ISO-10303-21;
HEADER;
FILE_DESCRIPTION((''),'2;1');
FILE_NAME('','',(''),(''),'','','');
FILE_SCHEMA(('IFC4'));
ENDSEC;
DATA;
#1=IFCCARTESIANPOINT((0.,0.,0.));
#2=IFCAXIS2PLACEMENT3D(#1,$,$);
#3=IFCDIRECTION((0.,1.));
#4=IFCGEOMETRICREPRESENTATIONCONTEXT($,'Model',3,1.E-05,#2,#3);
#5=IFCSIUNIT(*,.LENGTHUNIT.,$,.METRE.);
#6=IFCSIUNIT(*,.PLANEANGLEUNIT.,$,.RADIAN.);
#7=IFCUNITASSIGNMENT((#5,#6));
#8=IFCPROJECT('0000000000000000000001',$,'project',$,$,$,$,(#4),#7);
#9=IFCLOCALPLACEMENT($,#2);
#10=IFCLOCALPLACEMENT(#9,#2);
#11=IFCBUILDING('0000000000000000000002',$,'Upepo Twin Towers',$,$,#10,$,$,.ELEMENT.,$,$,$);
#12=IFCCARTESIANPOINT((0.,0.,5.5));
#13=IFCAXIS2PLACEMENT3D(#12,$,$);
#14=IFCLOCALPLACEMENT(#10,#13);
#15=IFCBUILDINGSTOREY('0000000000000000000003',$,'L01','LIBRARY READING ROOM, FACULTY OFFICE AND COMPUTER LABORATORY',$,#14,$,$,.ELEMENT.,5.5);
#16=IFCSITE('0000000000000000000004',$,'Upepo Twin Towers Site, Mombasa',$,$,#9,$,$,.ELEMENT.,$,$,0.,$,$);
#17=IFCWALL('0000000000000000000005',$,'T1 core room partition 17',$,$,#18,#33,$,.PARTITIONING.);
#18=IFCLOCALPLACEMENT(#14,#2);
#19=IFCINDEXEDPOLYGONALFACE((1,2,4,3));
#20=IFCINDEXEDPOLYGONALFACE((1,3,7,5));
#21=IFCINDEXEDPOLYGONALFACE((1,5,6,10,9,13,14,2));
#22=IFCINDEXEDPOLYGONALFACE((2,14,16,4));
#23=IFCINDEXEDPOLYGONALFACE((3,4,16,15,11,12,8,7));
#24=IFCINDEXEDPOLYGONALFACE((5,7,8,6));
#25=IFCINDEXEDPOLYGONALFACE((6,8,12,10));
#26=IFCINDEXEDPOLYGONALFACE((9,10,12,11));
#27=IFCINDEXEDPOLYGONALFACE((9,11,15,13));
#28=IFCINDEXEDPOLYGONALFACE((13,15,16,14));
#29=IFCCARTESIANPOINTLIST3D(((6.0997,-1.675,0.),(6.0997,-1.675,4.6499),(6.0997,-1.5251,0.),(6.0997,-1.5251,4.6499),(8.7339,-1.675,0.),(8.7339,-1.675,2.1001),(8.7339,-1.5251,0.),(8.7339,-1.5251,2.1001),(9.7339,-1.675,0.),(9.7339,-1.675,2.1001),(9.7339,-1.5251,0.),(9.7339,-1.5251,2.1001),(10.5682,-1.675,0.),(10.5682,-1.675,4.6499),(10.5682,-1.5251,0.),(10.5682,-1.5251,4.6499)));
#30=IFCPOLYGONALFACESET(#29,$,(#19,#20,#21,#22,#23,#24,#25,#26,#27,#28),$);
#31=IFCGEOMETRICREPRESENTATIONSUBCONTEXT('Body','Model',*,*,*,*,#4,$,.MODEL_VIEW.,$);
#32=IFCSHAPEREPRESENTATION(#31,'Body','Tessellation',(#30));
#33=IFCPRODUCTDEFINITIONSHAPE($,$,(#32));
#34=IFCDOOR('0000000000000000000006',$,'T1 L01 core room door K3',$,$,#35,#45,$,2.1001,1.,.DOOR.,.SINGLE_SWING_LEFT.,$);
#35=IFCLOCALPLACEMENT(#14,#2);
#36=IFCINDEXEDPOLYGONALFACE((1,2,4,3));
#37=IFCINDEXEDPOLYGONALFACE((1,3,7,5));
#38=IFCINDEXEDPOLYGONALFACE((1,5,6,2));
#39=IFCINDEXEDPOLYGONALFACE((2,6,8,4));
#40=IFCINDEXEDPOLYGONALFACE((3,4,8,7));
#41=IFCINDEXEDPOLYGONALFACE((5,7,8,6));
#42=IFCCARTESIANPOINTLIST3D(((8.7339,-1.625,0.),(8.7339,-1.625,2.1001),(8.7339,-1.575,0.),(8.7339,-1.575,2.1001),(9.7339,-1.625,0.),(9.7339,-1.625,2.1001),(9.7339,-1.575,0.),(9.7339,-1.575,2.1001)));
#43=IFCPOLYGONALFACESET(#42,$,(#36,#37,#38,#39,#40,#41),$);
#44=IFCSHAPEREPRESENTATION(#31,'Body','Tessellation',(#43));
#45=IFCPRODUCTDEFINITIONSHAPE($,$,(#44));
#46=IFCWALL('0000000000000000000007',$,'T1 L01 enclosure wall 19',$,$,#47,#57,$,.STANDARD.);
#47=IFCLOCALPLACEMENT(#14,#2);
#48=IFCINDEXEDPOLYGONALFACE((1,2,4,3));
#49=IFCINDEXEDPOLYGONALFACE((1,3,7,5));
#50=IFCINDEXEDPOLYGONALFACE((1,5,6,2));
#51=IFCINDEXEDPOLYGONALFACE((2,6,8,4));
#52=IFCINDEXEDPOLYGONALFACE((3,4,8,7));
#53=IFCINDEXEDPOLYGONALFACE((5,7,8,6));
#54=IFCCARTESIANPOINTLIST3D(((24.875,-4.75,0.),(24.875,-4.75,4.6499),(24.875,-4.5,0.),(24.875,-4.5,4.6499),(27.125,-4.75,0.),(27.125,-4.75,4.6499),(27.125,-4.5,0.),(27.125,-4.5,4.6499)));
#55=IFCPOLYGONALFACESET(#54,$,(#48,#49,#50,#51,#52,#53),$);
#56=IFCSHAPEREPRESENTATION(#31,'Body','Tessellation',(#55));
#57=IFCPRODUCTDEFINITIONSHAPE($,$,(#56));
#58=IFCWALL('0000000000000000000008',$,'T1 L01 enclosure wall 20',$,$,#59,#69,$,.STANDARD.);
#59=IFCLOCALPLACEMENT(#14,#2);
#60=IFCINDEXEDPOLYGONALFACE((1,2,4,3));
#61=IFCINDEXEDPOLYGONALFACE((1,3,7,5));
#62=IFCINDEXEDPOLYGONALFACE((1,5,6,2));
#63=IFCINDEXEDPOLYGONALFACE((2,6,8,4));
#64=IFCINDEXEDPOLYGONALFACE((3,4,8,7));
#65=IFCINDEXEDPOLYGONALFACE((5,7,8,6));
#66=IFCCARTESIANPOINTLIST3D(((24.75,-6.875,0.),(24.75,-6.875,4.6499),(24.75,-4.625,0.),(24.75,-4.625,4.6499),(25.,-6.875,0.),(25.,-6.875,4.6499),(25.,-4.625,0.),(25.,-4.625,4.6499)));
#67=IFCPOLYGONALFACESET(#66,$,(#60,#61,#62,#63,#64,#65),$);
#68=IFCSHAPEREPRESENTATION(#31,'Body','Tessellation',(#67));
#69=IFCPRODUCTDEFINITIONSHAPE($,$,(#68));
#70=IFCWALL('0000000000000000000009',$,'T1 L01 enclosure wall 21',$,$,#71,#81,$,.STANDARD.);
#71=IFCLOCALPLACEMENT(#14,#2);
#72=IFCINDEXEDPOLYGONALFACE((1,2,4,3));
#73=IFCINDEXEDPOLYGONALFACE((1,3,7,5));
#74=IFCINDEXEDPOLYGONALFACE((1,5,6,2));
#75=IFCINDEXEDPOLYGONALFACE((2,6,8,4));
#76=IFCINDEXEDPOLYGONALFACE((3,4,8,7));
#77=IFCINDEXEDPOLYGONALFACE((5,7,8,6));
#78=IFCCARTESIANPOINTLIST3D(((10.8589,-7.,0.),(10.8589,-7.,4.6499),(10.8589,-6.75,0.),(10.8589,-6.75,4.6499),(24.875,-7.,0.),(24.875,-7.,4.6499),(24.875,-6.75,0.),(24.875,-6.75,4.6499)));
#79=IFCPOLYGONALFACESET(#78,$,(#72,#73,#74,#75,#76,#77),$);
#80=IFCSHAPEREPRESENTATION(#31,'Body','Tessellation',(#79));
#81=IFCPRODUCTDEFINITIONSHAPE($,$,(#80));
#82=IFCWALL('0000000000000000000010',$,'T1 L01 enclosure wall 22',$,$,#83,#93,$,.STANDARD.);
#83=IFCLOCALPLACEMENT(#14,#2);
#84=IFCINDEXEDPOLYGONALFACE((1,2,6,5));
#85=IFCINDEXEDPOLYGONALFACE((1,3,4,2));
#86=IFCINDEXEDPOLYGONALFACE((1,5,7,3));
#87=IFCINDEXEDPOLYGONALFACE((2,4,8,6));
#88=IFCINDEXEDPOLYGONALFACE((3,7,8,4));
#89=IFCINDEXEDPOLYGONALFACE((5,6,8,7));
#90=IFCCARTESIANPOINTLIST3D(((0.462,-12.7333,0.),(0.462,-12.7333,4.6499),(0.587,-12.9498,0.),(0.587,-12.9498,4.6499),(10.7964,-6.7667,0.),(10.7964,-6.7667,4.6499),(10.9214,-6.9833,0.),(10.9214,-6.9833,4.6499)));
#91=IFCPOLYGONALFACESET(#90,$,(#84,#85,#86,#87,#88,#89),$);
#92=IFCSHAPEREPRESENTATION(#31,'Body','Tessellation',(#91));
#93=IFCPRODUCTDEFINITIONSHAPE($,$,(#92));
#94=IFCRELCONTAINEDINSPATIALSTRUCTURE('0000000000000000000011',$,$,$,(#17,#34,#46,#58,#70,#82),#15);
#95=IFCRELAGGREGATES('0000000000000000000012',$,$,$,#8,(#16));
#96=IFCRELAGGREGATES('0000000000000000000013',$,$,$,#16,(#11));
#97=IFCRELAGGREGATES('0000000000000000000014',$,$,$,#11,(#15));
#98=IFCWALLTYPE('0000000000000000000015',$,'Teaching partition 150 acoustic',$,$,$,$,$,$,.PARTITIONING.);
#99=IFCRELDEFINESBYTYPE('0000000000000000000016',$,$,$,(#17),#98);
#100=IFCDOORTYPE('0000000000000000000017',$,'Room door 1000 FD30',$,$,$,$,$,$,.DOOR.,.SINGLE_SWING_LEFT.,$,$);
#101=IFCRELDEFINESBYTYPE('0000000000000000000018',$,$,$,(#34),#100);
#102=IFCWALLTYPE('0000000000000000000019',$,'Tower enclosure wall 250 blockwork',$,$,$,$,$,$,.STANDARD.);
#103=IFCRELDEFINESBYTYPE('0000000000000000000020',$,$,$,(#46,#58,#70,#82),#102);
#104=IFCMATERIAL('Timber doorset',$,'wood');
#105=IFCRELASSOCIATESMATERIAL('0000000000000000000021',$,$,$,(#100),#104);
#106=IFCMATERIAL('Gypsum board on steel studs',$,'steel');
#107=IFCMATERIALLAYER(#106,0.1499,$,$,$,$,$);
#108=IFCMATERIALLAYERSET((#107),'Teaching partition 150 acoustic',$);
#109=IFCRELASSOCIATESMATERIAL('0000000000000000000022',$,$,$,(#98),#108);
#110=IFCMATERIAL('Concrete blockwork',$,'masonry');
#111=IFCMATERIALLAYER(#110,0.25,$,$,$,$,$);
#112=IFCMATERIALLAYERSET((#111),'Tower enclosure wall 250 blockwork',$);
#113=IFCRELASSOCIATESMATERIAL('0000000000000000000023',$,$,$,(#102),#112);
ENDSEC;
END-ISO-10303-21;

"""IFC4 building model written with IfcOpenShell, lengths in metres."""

from ifc_helpers import new_model, si_unit, direction, frame, frame_2d, origin, place, context, subcontext, project, spatial, rectangle, extrude, material, layer, layer_set, type_object, element, fill, save


model = new_model("IFC4")

# Units and contexts
model_context = context("Model", 3, precision=1e-05, world=origin(), true_north=direction((0.0, 1.0)))
body_context = subcontext(model_context, "Body", "Model", "MODEL_VIEW")
ifc_project = project(units=[si_unit("LENGTHUNIT", "METRE"), si_unit("PLANEANGLEUNIT", "RADIAN")], contexts=[model_context])

# Site, building, storey
site_placement = place(None, origin())
site = spatial("IfcSite", under=ifc_project, at=site_placement, Name="Upepo Twin Towers Site, Mombasa", CompositionType="ELEMENT", RefElevation=0.0)
building_placement = place(site_placement, origin())
building = spatial("IfcBuilding", under=site, at=building_placement, Name="Upepo Twin Towers", CompositionType="ELEMENT")
storey_placement = place(building_placement, frame((0.0, 0.0, 5.5)))
storey = spatial("IfcBuildingStorey", under=building, at=storey_placement, Name="L01", Description="LIBRARY READING ROOM, FACULTY OFFICE AND COMPUTER LABORATORY", CompositionType="ELEMENT", Elevation=5.5)

# Shared definitions
ifc_material_1 = material(Name="Timber doorset", Category="wood")
door_type_1 = type_object("IfcDoorType", Name="Room door 1000 FD30", OperationType="SINGLE_SWING_LEFT", PredefinedType="DOOR", material=ifc_material_1)

# Wall, opening, door
ifc_material_2 = material(Name="Gypsum board on steel studs", Category="steel")
ifc_layer_1 = layer(ifc_material_2, 0.1499)
ifc_layer_set_1 = layer_set([ifc_layer_1], Name="Teaching partition 150 acoustic")
wall_type_1 = type_object("IfcWallType", Name="Teaching partition 150 acoustic", PredefinedType="PARTITIONING", material=ifc_layer_set_1)
wall_1_placement = place(storey_placement, frame((10.5684, -1.6001, 0.0), z_axis=(0.0, 0.0, 1.0), x_axis=(-1.0, 0.0, 0.0)))
wall_1 = element("IfcWall", 1, at=wall_1_placement, inside=storey, type_object=wall_type_1, Name="T1 core room partition 17", PredefinedType="PARTITIONING", context=body_context, shape_type="SweptSolid", body=[
    extrude(rectangle(XDim=4.4685, YDim=0.1499, at=frame_2d((2.2344, 0.0))), origin(), (0.0, 0.0, 1.0), 4.6499),
])
opening_1_placement = place(wall_1_placement, frame((0.8345, 0.0, 0.0)))
opening_1 = element("IfcOpeningElement", 2, at=opening_1_placement, cuts=wall_1, PredefinedType="OPENING", context=body_context, shape_type="SweptSolid", body=[
    extrude(rectangle(XDim=1.0, YDim=2.1001, at=frame_2d((0.5, 1.05))), frame((0.0, 0.085, 0.0), z_axis=(0.0, -1.0, 0.0), x_axis=(1.0, 0.0, 0.0)), (0.0, 0.0, 1.0), 0.1699),
])
door_1_placement = place(opening_1_placement, origin())
door_1 = element("IfcDoor", 3, at=door_1_placement, inside=storey, type_object=door_type_1, Name="T1 L01 core room door K3", OperationType="SINGLE_SWING_LEFT", OverallHeight=2.1001, OverallWidth=1.0, PredefinedType="DOOR", context=body_context, shape_type="SweptSolid", body=[
    extrude(rectangle(XDim=1.0, YDim=2.1001, at=frame_2d((0.5, 1.05))), frame((0.0, 0.0249, 0.0), z_axis=(0.0, -1.0, 0.0), x_axis=(1.0, 0.0, 0.0)), (0.0, 0.0, 1.0), 0.05),
])
fill(opening_1, door_1)

# Walls
ifc_material_3 = material(Name="Concrete blockwork", Category="masonry")
ifc_layer_2 = layer(ifc_material_3, 0.25)
ifc_layer_set_2 = layer_set([ifc_layer_2], Name="Tower enclosure wall 250 blockwork")
wall_type_2 = type_object("IfcWallType", Name="Tower enclosure wall 250 blockwork", PredefinedType="STANDARD", material=ifc_layer_set_2)
for number, where, z_axis, x_axis, name in (
    (4, (27.125, -4.625, 0.0), (0.0, 0.0, 1.0), (-1.0, 0.0, 0.0), "T1 L01 enclosure wall 19"),
    (5, (24.875, -4.625, 0.0), (0.0, 0.0, 1.0), (0.0, -1.0, 0.0), "T1 L01 enclosure wall 20"),
):
    element("IfcWall", number, at=place(storey_placement, frame(where, z_axis=z_axis, x_axis=x_axis)), inside=storey, type_object=wall_type_2, Name=name, PredefinedType="STANDARD", context=body_context, shape_type="SweptSolid", body=[
        extrude(rectangle(XDim=2.25, YDim=0.25, at=frame_2d((1.125, 0.0))), origin(), (0.0, 0.0, 1.0), 4.6499),
    ])
wall_2_placement = place(storey_placement, frame((24.875, -6.875, 0.0), z_axis=(0.0, 0.0, 1.0), x_axis=(-1.0, 0.0, 0.0)))
element("IfcWall", 6, at=wall_2_placement, inside=storey, type_object=wall_type_2, Name="T1 L01 enclosure wall 21", PredefinedType="STANDARD", context=body_context, shape_type="SweptSolid", body=[
    extrude(rectangle(XDim=14.0161, YDim=0.25, at=frame_2d((7.0081, 0.0))), origin(), (0.0, 0.0, 1.0), 4.6499),
])
wall_3_placement = place(storey_placement, frame((10.8589, -6.875, 0.0), z_axis=(0.0, 0.0, 1.0), x_axis=(-0.866028, -0.499996, 0.0)))
element("IfcWall", 7, at=wall_3_placement, inside=storey, type_object=wall_type_2, Name="T1 L01 enclosure wall 22", PredefinedType="STANDARD", context=body_context, shape_type="SweptSolid", body=[
    extrude(rectangle(XDim=11.9331, YDim=0.25, at=frame_2d((5.9666, 0.0))), origin(), (0.0, 0.0, 1.0), 4.6499),
])

save(model, "model.ifc")
